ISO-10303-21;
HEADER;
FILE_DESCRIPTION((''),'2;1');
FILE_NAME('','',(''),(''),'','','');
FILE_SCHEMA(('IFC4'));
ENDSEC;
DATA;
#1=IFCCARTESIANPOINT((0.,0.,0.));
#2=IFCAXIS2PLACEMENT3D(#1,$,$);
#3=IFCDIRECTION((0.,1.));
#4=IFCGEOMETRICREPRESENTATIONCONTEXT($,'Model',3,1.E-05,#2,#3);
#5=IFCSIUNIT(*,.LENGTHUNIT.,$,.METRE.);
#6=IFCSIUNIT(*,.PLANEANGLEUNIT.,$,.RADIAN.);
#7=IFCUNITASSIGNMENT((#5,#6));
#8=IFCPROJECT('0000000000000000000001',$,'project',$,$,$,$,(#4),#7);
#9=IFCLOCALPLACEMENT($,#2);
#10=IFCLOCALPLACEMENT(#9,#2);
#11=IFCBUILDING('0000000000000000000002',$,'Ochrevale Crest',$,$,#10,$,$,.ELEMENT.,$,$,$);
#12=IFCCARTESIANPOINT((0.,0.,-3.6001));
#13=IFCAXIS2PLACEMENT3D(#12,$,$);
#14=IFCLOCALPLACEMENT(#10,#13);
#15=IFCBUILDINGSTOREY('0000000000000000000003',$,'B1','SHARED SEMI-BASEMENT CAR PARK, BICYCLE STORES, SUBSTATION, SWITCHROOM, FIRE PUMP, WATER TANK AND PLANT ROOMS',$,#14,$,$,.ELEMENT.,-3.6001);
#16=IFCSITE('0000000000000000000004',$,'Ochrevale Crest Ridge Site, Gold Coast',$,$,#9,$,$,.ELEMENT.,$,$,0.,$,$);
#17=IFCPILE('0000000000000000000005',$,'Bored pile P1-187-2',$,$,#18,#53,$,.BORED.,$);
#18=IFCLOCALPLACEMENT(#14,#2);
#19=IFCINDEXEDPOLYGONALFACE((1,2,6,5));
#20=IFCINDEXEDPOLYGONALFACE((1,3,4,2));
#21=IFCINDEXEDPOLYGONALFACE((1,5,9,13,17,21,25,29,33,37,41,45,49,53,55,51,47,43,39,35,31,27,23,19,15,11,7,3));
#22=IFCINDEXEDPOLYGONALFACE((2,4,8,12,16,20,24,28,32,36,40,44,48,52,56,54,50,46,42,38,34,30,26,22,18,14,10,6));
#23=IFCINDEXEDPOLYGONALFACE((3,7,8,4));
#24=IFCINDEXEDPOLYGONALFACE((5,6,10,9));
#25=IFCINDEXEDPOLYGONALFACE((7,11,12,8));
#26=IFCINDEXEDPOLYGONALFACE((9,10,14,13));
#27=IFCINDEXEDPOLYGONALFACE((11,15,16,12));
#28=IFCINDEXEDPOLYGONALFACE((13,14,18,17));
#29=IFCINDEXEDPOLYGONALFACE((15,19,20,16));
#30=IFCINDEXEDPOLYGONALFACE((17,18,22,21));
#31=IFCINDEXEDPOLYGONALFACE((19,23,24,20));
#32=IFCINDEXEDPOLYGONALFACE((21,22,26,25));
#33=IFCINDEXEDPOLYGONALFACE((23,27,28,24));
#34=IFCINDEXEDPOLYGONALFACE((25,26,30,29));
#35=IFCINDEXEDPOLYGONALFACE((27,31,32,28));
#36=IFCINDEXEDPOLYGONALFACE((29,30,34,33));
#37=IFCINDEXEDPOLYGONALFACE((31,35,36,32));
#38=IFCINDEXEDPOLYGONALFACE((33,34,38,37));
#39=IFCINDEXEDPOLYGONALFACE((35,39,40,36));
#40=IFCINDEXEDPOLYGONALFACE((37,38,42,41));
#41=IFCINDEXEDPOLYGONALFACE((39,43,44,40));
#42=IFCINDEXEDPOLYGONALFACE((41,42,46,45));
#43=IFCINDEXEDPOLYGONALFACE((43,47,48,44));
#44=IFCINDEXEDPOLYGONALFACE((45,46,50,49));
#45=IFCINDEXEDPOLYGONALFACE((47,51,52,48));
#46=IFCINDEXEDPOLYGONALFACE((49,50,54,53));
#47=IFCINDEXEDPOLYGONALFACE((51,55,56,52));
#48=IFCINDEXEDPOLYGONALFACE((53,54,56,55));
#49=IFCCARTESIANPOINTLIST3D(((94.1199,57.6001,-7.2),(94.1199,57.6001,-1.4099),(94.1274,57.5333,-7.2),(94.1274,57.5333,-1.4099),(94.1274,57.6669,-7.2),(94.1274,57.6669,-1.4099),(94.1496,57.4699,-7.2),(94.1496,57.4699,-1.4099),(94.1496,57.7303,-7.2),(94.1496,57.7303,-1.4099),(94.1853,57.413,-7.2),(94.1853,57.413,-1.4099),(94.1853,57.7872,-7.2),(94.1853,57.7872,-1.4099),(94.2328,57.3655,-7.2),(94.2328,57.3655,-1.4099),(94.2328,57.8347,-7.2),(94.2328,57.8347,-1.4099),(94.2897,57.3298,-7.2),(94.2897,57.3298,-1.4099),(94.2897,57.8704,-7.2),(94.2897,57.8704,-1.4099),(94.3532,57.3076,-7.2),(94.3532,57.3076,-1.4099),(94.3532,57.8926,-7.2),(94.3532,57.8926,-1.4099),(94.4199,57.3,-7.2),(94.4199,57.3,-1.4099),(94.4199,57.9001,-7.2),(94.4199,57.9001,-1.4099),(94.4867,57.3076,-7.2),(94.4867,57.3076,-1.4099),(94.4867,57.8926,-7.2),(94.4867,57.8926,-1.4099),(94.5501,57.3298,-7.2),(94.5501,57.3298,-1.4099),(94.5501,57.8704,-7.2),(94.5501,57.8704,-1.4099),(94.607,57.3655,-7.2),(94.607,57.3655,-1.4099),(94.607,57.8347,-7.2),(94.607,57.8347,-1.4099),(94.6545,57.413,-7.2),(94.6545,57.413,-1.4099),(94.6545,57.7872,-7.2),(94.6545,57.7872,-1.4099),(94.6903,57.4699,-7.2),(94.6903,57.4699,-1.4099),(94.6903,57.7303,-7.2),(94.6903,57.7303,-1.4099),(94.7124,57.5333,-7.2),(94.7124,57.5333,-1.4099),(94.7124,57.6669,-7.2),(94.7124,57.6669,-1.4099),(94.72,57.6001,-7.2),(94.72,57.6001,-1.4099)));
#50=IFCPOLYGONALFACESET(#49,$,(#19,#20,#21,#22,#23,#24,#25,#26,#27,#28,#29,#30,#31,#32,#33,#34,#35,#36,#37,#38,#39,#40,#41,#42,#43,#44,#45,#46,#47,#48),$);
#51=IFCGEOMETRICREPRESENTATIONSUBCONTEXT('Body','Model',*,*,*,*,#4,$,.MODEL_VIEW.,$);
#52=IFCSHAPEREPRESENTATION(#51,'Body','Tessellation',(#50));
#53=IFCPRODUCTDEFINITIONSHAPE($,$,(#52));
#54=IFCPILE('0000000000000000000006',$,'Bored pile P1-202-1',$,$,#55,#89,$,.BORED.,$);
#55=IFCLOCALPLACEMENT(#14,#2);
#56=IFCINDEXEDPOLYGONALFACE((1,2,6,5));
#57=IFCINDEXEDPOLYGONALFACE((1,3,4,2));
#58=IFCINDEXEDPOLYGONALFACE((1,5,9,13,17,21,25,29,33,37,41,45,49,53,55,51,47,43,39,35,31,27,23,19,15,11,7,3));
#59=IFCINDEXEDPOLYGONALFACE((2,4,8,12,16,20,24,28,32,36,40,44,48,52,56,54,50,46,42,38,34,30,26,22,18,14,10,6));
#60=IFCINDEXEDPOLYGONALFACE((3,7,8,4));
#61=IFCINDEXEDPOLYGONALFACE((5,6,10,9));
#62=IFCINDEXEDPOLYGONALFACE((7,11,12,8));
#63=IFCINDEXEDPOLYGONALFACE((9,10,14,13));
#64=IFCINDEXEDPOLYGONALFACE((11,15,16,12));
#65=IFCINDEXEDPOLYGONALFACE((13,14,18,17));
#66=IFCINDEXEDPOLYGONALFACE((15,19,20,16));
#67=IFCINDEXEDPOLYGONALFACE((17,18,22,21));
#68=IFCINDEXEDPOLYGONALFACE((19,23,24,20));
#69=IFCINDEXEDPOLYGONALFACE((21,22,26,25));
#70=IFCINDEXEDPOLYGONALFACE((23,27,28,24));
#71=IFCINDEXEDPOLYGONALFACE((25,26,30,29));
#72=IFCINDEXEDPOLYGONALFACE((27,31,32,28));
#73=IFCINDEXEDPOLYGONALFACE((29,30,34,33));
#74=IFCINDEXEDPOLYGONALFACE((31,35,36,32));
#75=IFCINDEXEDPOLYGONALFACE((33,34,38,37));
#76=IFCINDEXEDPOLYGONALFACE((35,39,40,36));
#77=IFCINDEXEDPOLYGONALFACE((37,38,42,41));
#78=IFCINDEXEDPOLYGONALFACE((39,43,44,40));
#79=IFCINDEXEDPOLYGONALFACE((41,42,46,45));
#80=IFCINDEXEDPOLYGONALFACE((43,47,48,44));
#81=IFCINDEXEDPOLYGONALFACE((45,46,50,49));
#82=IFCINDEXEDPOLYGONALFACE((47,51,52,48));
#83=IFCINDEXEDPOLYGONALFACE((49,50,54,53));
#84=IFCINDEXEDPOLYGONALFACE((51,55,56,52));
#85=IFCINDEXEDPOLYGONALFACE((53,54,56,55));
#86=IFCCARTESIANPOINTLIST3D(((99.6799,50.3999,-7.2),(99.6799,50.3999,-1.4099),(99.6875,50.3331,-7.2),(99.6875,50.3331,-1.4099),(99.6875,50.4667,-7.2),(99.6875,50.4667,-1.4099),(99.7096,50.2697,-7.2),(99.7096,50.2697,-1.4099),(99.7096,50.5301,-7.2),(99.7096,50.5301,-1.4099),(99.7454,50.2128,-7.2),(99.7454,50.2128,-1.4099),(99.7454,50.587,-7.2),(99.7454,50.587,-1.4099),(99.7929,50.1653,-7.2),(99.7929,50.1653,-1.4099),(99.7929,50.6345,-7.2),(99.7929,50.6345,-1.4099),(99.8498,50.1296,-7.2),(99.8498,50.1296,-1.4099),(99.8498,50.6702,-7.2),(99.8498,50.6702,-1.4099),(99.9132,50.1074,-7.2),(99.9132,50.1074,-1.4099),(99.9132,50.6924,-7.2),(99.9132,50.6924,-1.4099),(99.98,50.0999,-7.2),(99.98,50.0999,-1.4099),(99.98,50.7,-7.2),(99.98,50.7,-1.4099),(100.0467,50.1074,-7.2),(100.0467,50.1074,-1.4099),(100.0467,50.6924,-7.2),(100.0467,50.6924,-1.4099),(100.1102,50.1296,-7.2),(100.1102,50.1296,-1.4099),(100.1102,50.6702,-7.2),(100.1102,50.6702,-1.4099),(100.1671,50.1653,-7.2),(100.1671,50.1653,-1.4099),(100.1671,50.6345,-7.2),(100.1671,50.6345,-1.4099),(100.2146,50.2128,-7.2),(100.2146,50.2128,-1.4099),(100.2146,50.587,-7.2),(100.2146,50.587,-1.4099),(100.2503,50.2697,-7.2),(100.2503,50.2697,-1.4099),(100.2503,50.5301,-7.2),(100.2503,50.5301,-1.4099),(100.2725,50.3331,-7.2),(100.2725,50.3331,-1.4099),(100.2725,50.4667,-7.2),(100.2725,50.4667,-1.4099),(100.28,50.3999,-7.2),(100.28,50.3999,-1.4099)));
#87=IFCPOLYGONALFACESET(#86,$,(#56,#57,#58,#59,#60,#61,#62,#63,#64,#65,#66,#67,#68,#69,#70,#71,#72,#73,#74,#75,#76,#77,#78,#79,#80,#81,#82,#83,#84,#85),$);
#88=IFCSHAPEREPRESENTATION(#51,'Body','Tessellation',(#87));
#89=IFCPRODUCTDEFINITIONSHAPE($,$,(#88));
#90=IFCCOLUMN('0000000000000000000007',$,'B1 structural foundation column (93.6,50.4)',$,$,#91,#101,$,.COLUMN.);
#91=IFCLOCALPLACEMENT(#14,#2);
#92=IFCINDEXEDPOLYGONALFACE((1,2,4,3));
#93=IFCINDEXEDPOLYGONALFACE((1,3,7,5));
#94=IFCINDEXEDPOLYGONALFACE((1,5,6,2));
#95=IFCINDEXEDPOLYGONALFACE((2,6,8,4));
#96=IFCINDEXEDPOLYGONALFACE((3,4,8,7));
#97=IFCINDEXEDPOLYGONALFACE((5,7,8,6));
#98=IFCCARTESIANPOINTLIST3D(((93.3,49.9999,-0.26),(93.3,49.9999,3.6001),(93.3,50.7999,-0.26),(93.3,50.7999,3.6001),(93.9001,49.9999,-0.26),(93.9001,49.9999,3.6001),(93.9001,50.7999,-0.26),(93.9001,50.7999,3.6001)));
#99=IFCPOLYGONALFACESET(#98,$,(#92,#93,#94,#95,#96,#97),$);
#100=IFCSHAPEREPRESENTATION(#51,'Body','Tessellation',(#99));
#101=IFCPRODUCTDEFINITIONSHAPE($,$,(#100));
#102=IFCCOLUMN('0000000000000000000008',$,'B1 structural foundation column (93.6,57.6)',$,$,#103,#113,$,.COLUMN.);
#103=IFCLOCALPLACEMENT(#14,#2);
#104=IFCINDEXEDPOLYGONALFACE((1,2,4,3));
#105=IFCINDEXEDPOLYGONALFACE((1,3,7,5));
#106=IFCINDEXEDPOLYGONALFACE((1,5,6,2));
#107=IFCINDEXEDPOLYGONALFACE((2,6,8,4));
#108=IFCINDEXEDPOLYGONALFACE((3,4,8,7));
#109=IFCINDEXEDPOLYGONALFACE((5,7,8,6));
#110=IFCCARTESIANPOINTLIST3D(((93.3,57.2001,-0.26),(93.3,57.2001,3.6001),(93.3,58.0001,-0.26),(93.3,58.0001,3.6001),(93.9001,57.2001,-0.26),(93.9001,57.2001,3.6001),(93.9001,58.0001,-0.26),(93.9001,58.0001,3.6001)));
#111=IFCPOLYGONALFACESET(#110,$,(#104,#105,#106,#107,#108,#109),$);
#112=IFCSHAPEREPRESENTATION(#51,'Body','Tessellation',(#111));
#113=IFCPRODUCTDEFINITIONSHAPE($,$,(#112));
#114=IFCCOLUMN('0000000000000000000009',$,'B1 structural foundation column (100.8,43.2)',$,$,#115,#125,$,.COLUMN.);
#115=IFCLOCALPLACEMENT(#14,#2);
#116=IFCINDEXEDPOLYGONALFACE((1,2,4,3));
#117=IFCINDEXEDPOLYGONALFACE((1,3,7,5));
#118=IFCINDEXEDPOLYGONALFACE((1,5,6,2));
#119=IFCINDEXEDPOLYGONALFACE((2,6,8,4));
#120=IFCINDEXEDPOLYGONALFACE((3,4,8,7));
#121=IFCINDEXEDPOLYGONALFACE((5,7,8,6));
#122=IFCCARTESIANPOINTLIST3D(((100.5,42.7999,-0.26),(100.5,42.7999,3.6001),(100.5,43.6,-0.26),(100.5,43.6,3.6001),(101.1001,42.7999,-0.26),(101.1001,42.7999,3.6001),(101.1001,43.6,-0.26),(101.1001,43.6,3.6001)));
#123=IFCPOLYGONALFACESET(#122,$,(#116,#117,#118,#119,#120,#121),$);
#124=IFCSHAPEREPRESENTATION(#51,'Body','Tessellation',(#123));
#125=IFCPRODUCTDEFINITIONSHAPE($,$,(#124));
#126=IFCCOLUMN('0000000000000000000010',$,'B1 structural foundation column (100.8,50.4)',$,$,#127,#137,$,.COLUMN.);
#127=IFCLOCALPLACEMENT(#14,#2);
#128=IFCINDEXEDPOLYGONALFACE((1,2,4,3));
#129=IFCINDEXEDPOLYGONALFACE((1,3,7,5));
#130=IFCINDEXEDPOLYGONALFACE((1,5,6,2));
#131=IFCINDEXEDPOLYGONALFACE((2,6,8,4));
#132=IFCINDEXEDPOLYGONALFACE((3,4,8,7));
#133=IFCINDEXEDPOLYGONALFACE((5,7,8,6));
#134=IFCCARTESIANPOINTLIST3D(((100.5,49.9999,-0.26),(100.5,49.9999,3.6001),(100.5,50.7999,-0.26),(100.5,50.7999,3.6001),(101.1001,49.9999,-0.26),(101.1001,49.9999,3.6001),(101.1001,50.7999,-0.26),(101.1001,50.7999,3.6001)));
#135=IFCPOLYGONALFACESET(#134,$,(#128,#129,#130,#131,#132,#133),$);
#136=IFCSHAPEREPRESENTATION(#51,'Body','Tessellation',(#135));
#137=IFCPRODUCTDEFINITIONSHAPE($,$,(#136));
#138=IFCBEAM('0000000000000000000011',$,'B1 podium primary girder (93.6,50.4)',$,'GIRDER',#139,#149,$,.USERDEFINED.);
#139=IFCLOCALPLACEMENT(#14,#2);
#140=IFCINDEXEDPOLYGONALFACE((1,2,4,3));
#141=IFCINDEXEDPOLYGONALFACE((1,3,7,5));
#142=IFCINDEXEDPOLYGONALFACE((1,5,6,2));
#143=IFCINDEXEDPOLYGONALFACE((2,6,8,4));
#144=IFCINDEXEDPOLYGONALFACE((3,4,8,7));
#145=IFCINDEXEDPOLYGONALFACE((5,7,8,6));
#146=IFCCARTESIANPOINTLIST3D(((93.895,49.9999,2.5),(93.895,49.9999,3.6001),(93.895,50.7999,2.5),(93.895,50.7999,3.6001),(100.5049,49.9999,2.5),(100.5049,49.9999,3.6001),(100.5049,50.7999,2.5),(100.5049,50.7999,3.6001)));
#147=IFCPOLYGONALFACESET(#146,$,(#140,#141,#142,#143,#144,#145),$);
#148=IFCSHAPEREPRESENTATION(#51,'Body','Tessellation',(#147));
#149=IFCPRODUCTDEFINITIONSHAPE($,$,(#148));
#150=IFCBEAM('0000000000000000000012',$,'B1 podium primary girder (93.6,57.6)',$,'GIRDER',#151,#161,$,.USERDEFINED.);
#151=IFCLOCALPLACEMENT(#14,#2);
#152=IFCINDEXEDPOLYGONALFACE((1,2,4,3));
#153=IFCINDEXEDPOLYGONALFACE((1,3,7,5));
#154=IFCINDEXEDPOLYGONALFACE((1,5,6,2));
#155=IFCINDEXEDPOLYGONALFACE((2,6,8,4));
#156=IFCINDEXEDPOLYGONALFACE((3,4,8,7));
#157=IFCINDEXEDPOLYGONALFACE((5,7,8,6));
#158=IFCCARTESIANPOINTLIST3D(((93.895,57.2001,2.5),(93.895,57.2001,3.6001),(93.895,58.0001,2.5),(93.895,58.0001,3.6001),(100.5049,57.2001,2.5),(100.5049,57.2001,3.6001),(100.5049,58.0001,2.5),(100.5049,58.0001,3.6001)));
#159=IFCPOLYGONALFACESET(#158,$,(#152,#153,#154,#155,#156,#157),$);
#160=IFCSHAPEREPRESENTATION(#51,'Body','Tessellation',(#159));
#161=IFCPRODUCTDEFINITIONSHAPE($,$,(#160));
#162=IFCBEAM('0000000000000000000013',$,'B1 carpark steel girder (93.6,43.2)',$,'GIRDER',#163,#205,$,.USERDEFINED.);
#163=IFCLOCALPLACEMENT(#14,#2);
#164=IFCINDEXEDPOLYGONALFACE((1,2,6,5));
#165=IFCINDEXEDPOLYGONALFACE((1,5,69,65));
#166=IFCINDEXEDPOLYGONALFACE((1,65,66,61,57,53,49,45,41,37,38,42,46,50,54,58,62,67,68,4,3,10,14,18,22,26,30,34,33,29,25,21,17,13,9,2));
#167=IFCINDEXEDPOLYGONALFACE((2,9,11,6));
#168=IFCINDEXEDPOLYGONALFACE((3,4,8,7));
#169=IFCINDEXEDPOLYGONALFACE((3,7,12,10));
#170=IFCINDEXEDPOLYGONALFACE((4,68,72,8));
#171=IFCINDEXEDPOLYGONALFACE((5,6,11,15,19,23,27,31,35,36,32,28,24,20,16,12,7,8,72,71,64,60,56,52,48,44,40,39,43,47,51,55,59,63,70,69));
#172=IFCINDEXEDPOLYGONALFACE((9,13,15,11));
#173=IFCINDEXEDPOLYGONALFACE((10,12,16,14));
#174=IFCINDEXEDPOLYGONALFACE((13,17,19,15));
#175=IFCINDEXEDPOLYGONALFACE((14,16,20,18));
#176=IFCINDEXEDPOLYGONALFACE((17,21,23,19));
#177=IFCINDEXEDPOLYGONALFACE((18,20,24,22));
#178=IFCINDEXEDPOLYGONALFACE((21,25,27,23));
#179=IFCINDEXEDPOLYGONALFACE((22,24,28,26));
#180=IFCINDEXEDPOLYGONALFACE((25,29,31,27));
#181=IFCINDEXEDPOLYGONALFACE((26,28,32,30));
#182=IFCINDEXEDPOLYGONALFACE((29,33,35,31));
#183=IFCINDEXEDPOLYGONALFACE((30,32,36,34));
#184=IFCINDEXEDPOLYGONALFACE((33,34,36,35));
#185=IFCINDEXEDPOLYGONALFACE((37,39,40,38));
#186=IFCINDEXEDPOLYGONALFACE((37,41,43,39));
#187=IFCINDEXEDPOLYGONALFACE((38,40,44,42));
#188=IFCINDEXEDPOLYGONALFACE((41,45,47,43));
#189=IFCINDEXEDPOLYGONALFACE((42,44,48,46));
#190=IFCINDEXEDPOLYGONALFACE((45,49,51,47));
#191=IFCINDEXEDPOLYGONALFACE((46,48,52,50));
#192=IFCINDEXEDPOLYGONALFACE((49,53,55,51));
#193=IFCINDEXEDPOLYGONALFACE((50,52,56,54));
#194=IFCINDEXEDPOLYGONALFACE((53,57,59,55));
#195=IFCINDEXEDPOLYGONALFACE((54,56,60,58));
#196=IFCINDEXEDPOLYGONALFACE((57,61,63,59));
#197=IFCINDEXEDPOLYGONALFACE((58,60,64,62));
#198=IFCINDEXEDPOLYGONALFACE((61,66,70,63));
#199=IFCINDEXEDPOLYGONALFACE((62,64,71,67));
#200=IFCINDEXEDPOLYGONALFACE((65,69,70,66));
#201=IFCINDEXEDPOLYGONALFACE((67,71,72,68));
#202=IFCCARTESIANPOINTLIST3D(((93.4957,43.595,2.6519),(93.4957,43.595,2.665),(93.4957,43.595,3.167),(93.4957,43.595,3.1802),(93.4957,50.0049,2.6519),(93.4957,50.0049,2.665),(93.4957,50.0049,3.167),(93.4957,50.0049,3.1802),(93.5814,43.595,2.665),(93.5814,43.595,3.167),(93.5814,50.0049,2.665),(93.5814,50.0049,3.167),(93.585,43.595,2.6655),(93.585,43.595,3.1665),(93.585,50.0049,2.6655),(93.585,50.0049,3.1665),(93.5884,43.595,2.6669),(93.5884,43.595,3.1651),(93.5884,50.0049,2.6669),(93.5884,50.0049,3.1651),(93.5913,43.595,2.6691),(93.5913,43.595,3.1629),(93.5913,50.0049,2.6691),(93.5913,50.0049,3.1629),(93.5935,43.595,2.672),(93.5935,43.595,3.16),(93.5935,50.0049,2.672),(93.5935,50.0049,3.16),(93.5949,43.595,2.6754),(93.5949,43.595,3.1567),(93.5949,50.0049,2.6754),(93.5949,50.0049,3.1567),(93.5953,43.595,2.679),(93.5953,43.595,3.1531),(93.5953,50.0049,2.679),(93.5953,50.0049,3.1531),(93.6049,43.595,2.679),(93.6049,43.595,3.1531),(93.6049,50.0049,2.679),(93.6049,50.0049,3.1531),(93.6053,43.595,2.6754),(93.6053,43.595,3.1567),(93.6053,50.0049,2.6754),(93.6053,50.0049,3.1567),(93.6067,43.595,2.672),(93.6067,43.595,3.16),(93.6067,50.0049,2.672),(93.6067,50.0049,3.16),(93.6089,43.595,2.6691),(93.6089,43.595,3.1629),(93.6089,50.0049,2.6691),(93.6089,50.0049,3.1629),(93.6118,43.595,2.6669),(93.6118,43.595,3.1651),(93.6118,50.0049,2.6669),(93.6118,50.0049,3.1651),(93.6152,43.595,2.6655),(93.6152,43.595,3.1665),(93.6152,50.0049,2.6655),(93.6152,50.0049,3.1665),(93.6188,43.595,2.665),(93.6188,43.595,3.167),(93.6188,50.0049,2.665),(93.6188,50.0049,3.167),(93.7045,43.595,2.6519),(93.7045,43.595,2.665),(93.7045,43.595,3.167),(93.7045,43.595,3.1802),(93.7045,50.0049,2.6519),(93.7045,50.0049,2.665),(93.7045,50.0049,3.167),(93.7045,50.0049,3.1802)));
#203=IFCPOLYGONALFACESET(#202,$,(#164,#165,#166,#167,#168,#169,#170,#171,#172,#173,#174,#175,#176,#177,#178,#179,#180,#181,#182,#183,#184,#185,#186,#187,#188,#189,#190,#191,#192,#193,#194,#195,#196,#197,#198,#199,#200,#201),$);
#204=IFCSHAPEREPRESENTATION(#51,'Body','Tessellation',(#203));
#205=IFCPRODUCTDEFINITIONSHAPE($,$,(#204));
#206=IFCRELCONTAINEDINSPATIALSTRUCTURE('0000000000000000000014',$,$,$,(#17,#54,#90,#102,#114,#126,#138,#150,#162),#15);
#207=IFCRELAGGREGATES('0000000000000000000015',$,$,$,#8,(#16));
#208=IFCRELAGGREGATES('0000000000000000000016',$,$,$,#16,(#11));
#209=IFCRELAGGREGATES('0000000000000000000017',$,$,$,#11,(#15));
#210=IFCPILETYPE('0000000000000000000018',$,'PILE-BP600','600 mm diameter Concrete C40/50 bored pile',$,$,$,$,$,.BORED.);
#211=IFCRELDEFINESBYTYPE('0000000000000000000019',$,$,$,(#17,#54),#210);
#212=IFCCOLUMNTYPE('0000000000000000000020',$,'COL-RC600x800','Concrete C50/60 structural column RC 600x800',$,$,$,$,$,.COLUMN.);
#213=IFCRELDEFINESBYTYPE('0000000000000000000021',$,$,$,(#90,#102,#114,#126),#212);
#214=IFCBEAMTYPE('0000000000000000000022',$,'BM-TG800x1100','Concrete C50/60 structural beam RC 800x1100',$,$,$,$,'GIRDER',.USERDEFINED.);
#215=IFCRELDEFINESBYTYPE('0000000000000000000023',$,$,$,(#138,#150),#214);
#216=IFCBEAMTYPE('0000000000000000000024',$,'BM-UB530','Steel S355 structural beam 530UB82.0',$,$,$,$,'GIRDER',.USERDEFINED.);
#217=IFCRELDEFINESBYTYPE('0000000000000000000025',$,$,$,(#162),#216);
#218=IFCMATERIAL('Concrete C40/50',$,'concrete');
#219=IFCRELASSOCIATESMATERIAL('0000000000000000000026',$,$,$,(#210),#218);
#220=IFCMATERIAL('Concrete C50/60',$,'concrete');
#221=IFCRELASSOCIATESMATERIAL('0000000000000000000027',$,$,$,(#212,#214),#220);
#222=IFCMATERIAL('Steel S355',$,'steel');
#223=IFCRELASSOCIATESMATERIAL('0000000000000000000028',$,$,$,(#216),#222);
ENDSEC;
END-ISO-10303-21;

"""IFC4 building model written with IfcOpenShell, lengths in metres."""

from ifc_helpers import new_model, si_unit, direction, frame, origin, origin_2d, place, context, subcontext, project, spatial, rectangle, circle, i_section, extrude, material, material_profile, profile_set, type_object, element, save


model = new_model("IFC4")

# Units and contexts
model_context = context("Model", 3, precision=1e-05, world=origin(), true_north=direction((0.0, 1.0)))
body_context = subcontext(model_context, "Body", "Model", "MODEL_VIEW")
ifc_project = project(units=[si_unit("LENGTHUNIT", "METRE"), si_unit("PLANEANGLEUNIT", "RADIAN")], contexts=[model_context])

# Site, building, storey
site_placement = place(None, origin())
site = spatial("IfcSite", under=ifc_project, at=site_placement, Name="Ochrevale Crest Ridge Site, Gold Coast", CompositionType="ELEMENT", RefElevation=0.0)
building_placement = place(site_placement, origin())
building = spatial("IfcBuilding", under=site, at=building_placement, Name="Ochrevale Crest", CompositionType="ELEMENT")
storey_placement = place(building_placement, frame((0.0, 0.0, -3.6001)))
storey = spatial("IfcBuildingStorey", under=building, at=storey_placement, Name="B1", Description="SHARED SEMI-BASEMENT CAR PARK, BICYCLE STORES, SUBSTATION, SWITCHROOM, FIRE PUMP, WATER TANK AND PLANT ROOMS", CompositionType="ELEMENT", Elevation=-3.6001)

# Shared definitions
ifc_material_1 = material(Name="Concrete C40/50", Category="concrete")

# Piles
ifc_material_profile_1 = material_profile(ifc_material_1, circle(Radius=0.3, at=origin_2d()), Name="BORED PILE 600")
ifc_profile_set_1 = profile_set([ifc_material_profile_1], Name="Concrete C40/50")
pile_type = type_object("IfcPileType", Name="PILE-BP600", Description="600 mm diameter Concrete C40/50 bored pile", PredefinedType="BORED", material=ifc_profile_set_1)
for number, where, z_axis, x_axis, name in (
    (1, (94.4199, 57.6001, -1.4099), (0.0, 0.0, -1.0), (1.0, 0.0, 0.0), "Bored pile P1-187-2"),
    (2, (99.98, 50.3999, -1.4099), (0.0, 0.0, -1.0), (1.0, 0.0, 0.0), "Bored pile P1-202-1"),
):
    element("IfcPile", number, at=place(storey_placement, frame(where, z_axis=z_axis, x_axis=x_axis)), inside=storey, type_object=pile_type, Name=name, PredefinedType="BORED", context=body_context, shape_type="SweptSolid", body=[
        extrude(circle(Radius=0.3, at=origin_2d()), origin(), (0.0, 0.0, 1.0), 5.79),
    ])

# Columns
ifc_material_2 = material(Name="Concrete C50/60", Category="concrete")
ifc_material_profile_2 = material_profile(ifc_material_2, rectangle(XDim=0.6001, YDim=0.8, at=origin_2d()), Name="RC 600x800")
ifc_profile_set_2 = profile_set([ifc_material_profile_2], Name="Concrete C50/60")
column_type = type_object("IfcColumnType", Name="COL-RC600x800", Description="Concrete C50/60 structural column RC 600x800", PredefinedType="COLUMN", material=ifc_profile_set_2)
for number, where, z_axis, x_axis, name in (
    (3, (93.6001, 50.3999, -0.26), (0.0, 0.0, 1.0), (1.0, 0.0, 0.0), "B1 structural foundation column (93.6,50.4)"),
    (4, (93.6001, 57.6001, -0.26), (0.0, 0.0, 1.0), (1.0, 0.0, 0.0), "B1 structural foundation column (93.6,57.6)"),
    (5, (100.8, 43.2, -0.26), (0.0, 0.0, 1.0), (1.0, 0.0, 0.0), "B1 structural foundation column (100.8,43.2)"),
    (6, (100.8, 50.3999, -0.26), (0.0, 0.0, 1.0), (1.0, 0.0, 0.0), "B1 structural foundation column (100.8,50.4)"),
):
    element("IfcColumn", number, at=place(storey_placement, frame(where, z_axis=z_axis, x_axis=x_axis)), inside=storey, type_object=column_type, Name=name, PredefinedType="COLUMN", context=body_context, shape_type="SweptSolid", body=[
        extrude(rectangle(XDim=0.6001, YDim=0.8, at=origin_2d()), origin(), (0.0, 0.0, 1.0), 3.8601),
    ])

# Beams
ifc_material_profile_3 = material_profile(ifc_material_2, rectangle(XDim=0.8, YDim=1.1001, at=origin_2d()), Name="RC 800x1100")
ifc_profile_set_3 = profile_set([ifc_material_profile_3], Name="Concrete C50/60")
beam_type_1 = type_object("IfcBeamType", Name="BM-TG800x1100", Description="Concrete C50/60 structural beam RC 800x1100", ElementType="GIRDER", PredefinedType="USERDEFINED", material=ifc_profile_set_3)
for number, where, z_axis, x_axis, name in (
    (7, (93.895, 50.3999, 3.05), (1.0, 0.0, 0.0), (0.0, 1.0, 0.0), "B1 podium primary girder (93.6,50.4)"),
    (8, (93.895, 57.6001, 3.05), (1.0, 0.0, 0.0), (0.0, 1.0, 0.0), "B1 podium primary girder (93.6,57.6)"),
):
    element("IfcBeam", number, at=place(storey_placement, frame(where, z_axis=z_axis, x_axis=x_axis)), inside=storey, type_object=beam_type_1, Name=name, ObjectType="GIRDER", PredefinedType="USERDEFINED", context=body_context, shape_type="SweptSolid", body=[
        extrude(rectangle(XDim=0.8, YDim=1.1001, at=origin_2d()), origin(), (0.0, 0.0, 1.0), 6.6099),
    ])
ifc_material_3 = material(Name="Steel S355", Category="steel")
ifc_material_profile_4 = material_profile(ifc_material_3, i_section(OverallWidth=0.2087, OverallDepth=0.5283, WebThickness=0.0095, FlangeThickness=0.0132, FilletRadius=0.0139, at=origin_2d()), Name="530UB82.0")
ifc_profile_set_4 = profile_set([ifc_material_profile_4], Name="Steel S355")
beam_type_2 = type_object("IfcBeamType", Name="BM-UB530", Description="Steel S355 structural beam 530UB82.0", ElementType="GIRDER", PredefinedType="USERDEFINED", material=ifc_profile_set_4)
beam_1_placement = place(storey_placement, frame((93.6001, 43.595, 2.916), z_axis=(0.0, 1.0, 0.0), x_axis=(-1.0, 0.0, 0.0)))
element("IfcBeam", 9, at=beam_1_placement, inside=storey, type_object=beam_type_2, Name="B1 carpark steel girder (93.6,43.2)", ObjectType="GIRDER", PredefinedType="USERDEFINED", context=body_context, shape_type="SweptSolid", body=[
    extrude(i_section(OverallWidth=0.2087, OverallDepth=0.5283, WebThickness=0.0095, FlangeThickness=0.0132, FilletRadius=0.0139, at=origin_2d()), origin(), (0.0, 0.0, 1.0), 6.4099),
])

save(model, "model.ifc")
